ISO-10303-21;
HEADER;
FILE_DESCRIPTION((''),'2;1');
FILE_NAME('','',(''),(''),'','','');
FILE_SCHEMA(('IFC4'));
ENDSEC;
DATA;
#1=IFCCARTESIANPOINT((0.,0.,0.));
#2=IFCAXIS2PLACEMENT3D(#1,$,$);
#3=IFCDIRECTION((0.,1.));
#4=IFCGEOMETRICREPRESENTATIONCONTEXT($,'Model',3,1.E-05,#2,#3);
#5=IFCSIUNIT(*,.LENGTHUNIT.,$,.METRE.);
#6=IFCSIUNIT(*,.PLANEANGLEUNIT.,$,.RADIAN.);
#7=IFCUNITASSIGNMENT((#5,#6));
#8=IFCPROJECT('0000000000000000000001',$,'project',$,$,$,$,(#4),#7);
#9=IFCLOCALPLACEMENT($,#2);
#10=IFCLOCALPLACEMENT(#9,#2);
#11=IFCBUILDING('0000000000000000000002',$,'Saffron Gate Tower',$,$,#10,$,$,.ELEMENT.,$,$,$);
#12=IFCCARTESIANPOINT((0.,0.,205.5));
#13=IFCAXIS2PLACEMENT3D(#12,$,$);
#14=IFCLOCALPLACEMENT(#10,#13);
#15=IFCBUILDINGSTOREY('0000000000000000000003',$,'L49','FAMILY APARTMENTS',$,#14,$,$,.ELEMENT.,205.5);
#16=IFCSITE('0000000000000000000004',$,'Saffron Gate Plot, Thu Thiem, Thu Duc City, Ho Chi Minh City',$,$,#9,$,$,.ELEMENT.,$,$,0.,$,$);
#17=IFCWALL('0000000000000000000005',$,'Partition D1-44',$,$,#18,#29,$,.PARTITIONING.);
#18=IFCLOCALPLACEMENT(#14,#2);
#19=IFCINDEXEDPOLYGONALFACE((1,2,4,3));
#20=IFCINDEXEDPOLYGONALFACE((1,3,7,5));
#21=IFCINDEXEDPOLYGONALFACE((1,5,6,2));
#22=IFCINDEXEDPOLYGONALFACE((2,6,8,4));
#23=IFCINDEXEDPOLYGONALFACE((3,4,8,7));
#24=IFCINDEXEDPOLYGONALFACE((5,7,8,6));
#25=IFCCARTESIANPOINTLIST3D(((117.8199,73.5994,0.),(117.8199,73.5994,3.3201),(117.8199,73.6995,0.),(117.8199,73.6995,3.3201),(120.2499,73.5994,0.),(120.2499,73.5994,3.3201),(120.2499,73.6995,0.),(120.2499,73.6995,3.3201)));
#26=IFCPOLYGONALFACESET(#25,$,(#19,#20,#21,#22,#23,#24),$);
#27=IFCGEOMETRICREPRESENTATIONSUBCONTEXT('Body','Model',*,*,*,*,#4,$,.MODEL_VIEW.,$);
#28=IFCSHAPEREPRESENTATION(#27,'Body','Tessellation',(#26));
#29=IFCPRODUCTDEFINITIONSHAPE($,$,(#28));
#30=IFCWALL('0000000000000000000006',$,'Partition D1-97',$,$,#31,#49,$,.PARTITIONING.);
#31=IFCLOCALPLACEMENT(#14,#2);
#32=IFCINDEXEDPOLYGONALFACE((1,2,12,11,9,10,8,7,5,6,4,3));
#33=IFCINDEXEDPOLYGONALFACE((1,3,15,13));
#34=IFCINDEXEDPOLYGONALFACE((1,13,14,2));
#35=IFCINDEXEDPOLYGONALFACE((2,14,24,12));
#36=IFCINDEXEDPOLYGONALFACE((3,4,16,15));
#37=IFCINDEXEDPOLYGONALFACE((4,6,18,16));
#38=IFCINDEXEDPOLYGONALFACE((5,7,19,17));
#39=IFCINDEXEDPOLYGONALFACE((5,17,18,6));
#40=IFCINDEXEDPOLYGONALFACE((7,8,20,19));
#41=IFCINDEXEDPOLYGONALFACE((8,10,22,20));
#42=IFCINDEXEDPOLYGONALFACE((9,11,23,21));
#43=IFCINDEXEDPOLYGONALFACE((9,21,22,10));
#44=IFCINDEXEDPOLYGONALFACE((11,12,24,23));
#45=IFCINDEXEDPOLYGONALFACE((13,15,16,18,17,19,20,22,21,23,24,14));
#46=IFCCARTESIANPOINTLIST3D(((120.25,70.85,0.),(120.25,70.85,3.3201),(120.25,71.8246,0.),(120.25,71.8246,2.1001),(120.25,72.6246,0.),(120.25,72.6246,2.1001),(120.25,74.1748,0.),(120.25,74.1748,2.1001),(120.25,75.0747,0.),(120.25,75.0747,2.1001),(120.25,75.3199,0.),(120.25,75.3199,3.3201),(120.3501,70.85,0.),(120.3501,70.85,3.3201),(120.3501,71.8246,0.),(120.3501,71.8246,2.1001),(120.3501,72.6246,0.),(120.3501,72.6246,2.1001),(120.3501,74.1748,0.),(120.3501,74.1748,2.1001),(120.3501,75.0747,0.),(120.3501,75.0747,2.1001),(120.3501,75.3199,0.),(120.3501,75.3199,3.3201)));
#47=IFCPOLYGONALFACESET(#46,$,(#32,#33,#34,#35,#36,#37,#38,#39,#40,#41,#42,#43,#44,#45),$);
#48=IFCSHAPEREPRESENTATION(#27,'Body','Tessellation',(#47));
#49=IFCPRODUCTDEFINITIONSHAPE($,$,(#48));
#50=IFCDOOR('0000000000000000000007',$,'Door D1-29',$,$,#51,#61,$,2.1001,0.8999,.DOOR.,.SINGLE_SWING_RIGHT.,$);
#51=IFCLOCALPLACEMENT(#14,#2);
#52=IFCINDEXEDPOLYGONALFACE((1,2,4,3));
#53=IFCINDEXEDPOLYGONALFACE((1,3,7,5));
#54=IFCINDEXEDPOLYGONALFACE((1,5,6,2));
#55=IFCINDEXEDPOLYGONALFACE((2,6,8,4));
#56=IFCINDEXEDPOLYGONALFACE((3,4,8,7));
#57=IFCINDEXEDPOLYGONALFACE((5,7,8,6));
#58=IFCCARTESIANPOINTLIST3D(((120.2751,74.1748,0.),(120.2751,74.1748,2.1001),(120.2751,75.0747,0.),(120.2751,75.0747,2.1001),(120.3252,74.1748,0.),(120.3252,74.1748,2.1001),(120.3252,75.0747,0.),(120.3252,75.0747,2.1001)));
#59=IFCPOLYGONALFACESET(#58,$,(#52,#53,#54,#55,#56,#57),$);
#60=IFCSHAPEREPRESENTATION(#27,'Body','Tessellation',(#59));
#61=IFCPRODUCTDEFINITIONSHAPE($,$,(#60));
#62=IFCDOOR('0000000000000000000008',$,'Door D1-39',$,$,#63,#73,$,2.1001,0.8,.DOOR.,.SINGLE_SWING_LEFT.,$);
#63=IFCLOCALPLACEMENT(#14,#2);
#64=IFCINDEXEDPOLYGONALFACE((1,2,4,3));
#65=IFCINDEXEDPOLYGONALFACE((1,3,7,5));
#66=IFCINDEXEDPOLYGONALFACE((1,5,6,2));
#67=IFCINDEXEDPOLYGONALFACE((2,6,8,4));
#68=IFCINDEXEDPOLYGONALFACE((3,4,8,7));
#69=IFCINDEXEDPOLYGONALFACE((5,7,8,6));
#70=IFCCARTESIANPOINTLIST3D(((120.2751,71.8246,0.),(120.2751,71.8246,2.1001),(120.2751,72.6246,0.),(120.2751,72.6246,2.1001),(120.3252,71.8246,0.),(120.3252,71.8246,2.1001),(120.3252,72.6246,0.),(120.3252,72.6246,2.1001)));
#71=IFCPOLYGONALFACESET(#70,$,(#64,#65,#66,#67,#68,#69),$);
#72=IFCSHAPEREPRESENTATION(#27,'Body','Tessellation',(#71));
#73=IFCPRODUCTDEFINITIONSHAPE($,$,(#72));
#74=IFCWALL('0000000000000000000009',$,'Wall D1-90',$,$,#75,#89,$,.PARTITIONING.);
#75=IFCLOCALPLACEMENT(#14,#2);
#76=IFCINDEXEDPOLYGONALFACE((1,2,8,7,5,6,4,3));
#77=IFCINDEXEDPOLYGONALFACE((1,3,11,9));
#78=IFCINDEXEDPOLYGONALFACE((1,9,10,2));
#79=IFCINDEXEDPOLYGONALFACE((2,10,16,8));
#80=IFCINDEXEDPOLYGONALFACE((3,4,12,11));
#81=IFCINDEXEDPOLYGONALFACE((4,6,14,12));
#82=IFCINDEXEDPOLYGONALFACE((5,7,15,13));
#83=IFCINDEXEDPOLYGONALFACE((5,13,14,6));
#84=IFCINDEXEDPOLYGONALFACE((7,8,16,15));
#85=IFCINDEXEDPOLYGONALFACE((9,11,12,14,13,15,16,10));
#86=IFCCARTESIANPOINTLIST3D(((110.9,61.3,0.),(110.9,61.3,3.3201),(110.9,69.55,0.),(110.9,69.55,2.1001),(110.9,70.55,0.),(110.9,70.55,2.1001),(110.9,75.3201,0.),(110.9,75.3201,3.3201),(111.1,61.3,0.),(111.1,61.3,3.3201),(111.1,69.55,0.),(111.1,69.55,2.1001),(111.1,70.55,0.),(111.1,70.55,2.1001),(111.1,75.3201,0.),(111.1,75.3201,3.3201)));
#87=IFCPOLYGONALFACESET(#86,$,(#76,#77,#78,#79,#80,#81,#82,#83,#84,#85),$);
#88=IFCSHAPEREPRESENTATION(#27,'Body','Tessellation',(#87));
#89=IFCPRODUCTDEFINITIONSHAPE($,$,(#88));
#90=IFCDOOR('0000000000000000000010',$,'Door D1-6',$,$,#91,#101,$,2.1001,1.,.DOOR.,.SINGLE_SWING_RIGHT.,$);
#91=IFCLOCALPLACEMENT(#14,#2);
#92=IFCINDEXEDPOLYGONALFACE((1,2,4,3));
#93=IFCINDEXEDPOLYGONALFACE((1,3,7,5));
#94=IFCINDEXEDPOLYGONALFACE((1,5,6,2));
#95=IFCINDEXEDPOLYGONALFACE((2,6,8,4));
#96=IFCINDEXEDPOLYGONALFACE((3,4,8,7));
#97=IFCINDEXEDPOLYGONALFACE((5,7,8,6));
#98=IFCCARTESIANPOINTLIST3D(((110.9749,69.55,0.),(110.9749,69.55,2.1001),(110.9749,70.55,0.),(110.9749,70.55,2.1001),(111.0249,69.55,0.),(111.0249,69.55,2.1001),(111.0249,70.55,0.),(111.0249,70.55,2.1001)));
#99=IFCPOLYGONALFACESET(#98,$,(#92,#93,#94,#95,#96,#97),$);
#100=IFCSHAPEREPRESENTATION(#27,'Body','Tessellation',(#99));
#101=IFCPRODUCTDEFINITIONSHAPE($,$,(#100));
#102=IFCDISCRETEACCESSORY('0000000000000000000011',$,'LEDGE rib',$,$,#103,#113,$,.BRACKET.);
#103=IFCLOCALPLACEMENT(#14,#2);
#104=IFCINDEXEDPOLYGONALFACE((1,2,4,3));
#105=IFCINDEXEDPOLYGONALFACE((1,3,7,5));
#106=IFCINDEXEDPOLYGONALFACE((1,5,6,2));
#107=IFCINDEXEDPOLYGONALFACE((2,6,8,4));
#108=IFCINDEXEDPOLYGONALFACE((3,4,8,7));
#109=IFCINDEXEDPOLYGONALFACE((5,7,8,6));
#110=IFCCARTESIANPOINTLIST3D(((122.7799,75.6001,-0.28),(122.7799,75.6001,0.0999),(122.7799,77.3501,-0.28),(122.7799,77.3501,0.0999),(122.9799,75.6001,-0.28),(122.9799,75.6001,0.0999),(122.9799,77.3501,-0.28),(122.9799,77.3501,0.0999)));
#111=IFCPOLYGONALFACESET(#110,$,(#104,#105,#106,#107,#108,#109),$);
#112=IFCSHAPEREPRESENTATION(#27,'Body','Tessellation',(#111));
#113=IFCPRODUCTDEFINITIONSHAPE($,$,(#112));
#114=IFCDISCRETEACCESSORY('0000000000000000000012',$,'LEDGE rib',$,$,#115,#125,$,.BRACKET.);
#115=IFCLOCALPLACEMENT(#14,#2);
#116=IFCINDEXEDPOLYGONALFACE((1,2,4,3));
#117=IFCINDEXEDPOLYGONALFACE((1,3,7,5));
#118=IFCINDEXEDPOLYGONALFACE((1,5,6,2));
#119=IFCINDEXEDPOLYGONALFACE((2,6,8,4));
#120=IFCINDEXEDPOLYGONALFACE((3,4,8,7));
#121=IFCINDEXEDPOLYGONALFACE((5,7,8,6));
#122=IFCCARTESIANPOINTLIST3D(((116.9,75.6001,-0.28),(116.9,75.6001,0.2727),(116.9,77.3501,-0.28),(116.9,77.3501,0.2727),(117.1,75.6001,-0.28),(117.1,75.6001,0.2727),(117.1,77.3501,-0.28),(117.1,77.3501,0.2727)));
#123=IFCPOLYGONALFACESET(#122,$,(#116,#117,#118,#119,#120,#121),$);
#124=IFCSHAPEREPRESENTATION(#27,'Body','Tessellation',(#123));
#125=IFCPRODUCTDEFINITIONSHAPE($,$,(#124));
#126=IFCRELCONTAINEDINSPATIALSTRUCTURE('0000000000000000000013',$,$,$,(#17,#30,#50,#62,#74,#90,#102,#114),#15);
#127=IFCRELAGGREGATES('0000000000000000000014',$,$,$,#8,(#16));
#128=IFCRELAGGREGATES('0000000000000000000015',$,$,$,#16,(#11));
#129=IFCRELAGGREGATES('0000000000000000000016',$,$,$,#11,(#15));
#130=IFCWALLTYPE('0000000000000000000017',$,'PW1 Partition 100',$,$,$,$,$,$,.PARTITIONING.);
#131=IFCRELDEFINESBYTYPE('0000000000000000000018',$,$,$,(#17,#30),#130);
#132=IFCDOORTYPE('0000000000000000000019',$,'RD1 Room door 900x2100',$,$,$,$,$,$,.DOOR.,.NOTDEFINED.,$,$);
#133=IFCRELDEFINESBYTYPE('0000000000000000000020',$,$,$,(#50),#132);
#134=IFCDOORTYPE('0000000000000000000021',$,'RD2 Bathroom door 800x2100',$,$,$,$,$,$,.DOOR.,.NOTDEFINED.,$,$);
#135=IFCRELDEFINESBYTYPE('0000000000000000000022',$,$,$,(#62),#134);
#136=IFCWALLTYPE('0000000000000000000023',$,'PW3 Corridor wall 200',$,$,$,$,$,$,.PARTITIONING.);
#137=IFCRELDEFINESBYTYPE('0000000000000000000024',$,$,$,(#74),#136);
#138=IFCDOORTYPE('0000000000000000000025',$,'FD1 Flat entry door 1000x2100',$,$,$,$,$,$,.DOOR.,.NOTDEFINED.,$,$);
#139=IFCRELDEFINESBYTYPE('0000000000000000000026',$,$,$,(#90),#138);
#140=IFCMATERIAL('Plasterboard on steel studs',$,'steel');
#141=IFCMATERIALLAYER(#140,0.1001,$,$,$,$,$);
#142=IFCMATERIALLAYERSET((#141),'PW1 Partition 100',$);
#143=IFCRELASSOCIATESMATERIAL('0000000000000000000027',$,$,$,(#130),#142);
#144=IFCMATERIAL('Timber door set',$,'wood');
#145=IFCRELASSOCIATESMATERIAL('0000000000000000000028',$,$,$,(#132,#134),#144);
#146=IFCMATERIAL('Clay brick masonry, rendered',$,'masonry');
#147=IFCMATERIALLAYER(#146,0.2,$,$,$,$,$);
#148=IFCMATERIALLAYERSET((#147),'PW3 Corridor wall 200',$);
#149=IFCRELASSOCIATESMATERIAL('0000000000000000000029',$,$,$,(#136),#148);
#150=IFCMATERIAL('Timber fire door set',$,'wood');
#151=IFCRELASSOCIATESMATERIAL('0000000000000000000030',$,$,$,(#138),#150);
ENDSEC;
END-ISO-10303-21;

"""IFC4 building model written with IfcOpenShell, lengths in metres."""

from ifc_helpers import new_model, si_unit, direction, frame, frame_2d, origin, origin_2d, place, context, subcontext, project, spatial, rectangle, extrude, material, layer, layer_set, type_object, element, fill, save


model = new_model("IFC4")

# Units and contexts
model_context = context("Model", 3, precision=1e-05, world=origin(), true_north=direction((0.0, 1.0)))
body_context = subcontext(model_context, "Body", "Model", "MODEL_VIEW")
ifc_project = project(units=[si_unit("LENGTHUNIT", "METRE"), si_unit("PLANEANGLEUNIT", "RADIAN")], contexts=[model_context])

# Site, building, storey
site_placement = place(None, origin())
site = spatial("IfcSite", under=ifc_project, at=site_placement, Name="Saffron Gate Plot, Thu Thiem, Thu Duc City, Ho Chi Minh City", CompositionType="ELEMENT", RefElevation=0.0)
building_placement = place(site_placement, origin())
building = spatial("IfcBuilding", under=site, at=building_placement, Name="Saffron Gate Tower", CompositionType="ELEMENT")
storey_placement = place(building_placement, frame((0.0, 0.0, 205.5)))
storey = spatial("IfcBuildingStorey", under=building, at=storey_placement, Name="L49", Description="FAMILY APARTMENTS", CompositionType="ELEMENT", Elevation=205.5)

# Wall
ifc_material_1 = material(Name="Plasterboard on steel studs", Category="steel")
ifc_layer_1 = layer(ifc_material_1, 0.1001)
ifc_layer_set_1 = layer_set([ifc_layer_1], Name="PW1 Partition 100")
wall_type_1 = type_object("IfcWallType", Name="PW1 Partition 100", PredefinedType="PARTITIONING", material=ifc_layer_set_1)
wall_1_placement = place(storey_placement, frame((117.8201, 73.6494, 0.0), z_axis=(0.0, 0.0, 1.0), x_axis=(1.0, 0.0, 0.0)))
element("IfcWall", 1, at=wall_1_placement, inside=storey, type_object=wall_type_1, Name="Partition D1-44", PredefinedType="PARTITIONING", context=body_context, shape_type="SweptSolid", body=[
    extrude(rectangle(XDim=2.4299, YDim=0.1001, at=frame_2d((1.2148, 0.0))), origin(), (0.0, 0.0, 1.0), 3.3201),
])

# Wall, openings, doors
wall_2_placement = place(storey_placement, frame((120.3, 70.8501, 0.0), z_axis=(0.0, 0.0, 1.0), x_axis=(0.0, 1.0, 0.0)))
wall_2 = element("IfcWall", 2, at=wall_2_placement, inside=storey, type_object=wall_type_1, Name="Partition D1-97", PredefinedType="PARTITIONING", context=body_context, shape_type="SweptSolid", body=[
    extrude(rectangle(XDim=4.47, YDim=0.1001, at=frame_2d((2.2349, 0.0))), origin(), (0.0, 0.0, 1.0), 3.3201),
])
opening_1_placement = place(wall_2_placement, frame((0.9746, 0.0, 0.0)))
opening_1 = element("IfcOpeningElement", 3, at=opening_1_placement, cuts=wall_2, PredefinedType="OPENING", context=body_context, shape_type="SweptSolid", body=[
    extrude(rectangle(XDim=0.8, YDim=2.1001, at=frame_2d((0.3999, 1.05))), frame((0.0, 0.0601, 0.0), z_axis=(0.0, -1.0, 0.0), x_axis=(1.0, 0.0, 0.0)), (0.0, 0.0, 1.0), 0.1201),
])
opening_2_placement = place(wall_2_placement, frame((3.3247, 0.0, 0.0)))
opening_2 = element("IfcOpeningElement", 4, at=opening_2_placement, cuts=wall_2, PredefinedType="OPENING", context=body_context, shape_type="SweptSolid", body=[
    extrude(rectangle(XDim=0.8999, YDim=2.1001, at=frame_2d((0.45, 1.05))), frame((0.0, 0.0601, 0.0), z_axis=(0.0, -1.0, 0.0), x_axis=(1.0, 0.0, 0.0)), (0.0, 0.0, 1.0), 0.1201),
])
ifc_material_2 = material(Name="Timber door set", Category="wood")
door_type_1 = type_object("IfcDoorType", Name="RD1 Room door 900x2100", OperationType="NOTDEFINED", PredefinedType="DOOR", material=ifc_material_2)
door_1_placement = place(opening_2_placement, origin())
door_1 = element("IfcDoor", 5, at=door_1_placement, inside=storey, type_object=door_type_1, Name="Door D1-29", OperationType="SINGLE_SWING_RIGHT", OverallHeight=2.1001, OverallWidth=0.8999, PredefinedType="DOOR", context=body_context, shape_type="SweptSolid", body=[
    extrude(rectangle(XDim=0.8999, YDim=2.1001, at=frame_2d((0.45, 1.05))), frame((0.0, 0.0249, 0.0), z_axis=(0.0, -1.0, 0.0), x_axis=(1.0, 0.0, 0.0)), (0.0, 0.0, 1.0), 0.05),
])
fill(opening_2, door_1)
door_type_2 = type_object("IfcDoorType", Name="RD2 Bathroom door 800x2100", OperationType="NOTDEFINED", PredefinedType="DOOR", material=ifc_material_2)
door_2_placement = place(opening_1_placement, origin())
door_2 = element("IfcDoor", 6, at=door_2_placement, inside=storey, type_object=door_type_2, Name="Door D1-39", OperationType="SINGLE_SWING_LEFT", OverallHeight=2.1001, OverallWidth=0.8, PredefinedType="DOOR", context=body_context, shape_type="SweptSolid", body=[
    extrude(rectangle(XDim=0.8, YDim=2.1001, at=frame_2d((0.3999, 1.05))), frame((0.0, 0.0249, 0.0), z_axis=(0.0, -1.0, 0.0), x_axis=(1.0, 0.0, 0.0)), (0.0, 0.0, 1.0), 0.05),
])
fill(opening_1, door_2)

# Wall, opening, door
ifc_material_3 = material(Name="Clay brick masonry, rendered", Category="masonry")
ifc_layer_2 = layer(ifc_material_3, 0.2)
ifc_layer_set_2 = layer_set([ifc_layer_2], Name="PW3 Corridor wall 200")
wall_type_2 = type_object("IfcWallType", Name="PW3 Corridor wall 200", PredefinedType="PARTITIONING", material=ifc_layer_set_2)
wall_3_placement = place(storey_placement, frame((111.0, 75.3201, 0.0), z_axis=(0.0, 0.0, 1.0), x_axis=(0.0, -1.0, 0.0)))
wall_3 = element("IfcWall", 7, at=wall_3_placement, inside=storey, type_object=wall_type_2, Name="Wall D1-90", PredefinedType="PARTITIONING", context=body_context, shape_type="SweptSolid", body=[
    extrude(rectangle(XDim=14.02, YDim=0.2, at=frame_2d((7.01, 0.0))), origin(), (0.0, 0.0, 1.0), 3.3201),
])
opening_3_placement = place(wall_3_placement, frame((4.77, 0.0, 0.0)))
opening_3 = element("IfcOpeningElement", 8, at=opening_3_placement, cuts=wall_3, PredefinedType="OPENING", context=body_context, shape_type="SweptSolid", body=[
    extrude(rectangle(XDim=1.0, YDim=2.1001, at=frame_2d((0.5, 1.05))), frame((0.0, 0.1099, 0.0), z_axis=(0.0, -1.0, 0.0), x_axis=(1.0, 0.0, 0.0)), (0.0, 0.0, 1.0), 0.22),
])
ifc_material_4 = material(Name="Timber fire door set", Category="wood")
door_type_3 = type_object("IfcDoorType", Name="FD1 Flat entry door 1000x2100", OperationType="NOTDEFINED", PredefinedType="DOOR", material=ifc_material_4)
door_3_placement = place(opening_3_placement, origin())
door_3 = element("IfcDoor", 9, at=door_3_placement, inside=storey, type_object=door_type_3, Name="Door D1-6", OperationType="SINGLE_SWING_RIGHT", OverallHeight=2.1001, OverallWidth=1.0, PredefinedType="DOOR", context=body_context, shape_type="SweptSolid", body=[
    extrude(rectangle(XDim=1.0, YDim=2.1001, at=frame_2d((0.5, 1.05))), frame((0.0, 0.0249, 0.0), z_axis=(0.0, -1.0, 0.0), x_axis=(1.0, 0.0, 0.0)), (0.0, 0.0, 1.0), 0.05),
])
fill(opening_3, door_3)

# Discrete accessories
discrete_accessory_1_placement = place(storey_placement, frame((122.8799, 76.4751, -0.28), z_axis=(0.0, 0.0, 1.0), x_axis=(-1.0, 0.0, 0.0)))
element("IfcDiscreteAccessory", 10, at=discrete_accessory_1_placement, inside=storey, Name="LEDGE rib", PredefinedType="BRACKET", context=body_context, shape_type="SweptSolid", body=[
    extrude(rectangle(XDim=0.2, YDim=1.75, at=origin_2d()), origin(), (0.0, 0.0, 1.0), 0.3799),
])
discrete_accessory_2_placement = place(storey_placement, frame((117.0, 76.4751, -0.28), z_axis=(0.0, 0.0, 1.0), x_axis=(-1.0, 0.0, 0.0)))
element("IfcDiscreteAccessory", 11, at=discrete_accessory_2_placement, inside=storey, Name="LEDGE rib", PredefinedType="BRACKET", context=body_context, shape_type="SweptSolid", body=[
    extrude(rectangle(XDim=0.2, YDim=1.75, at=origin_2d()), origin(), (0.0, 0.0, 1.0), 0.5527),
])

save(model, "model.ifc")
